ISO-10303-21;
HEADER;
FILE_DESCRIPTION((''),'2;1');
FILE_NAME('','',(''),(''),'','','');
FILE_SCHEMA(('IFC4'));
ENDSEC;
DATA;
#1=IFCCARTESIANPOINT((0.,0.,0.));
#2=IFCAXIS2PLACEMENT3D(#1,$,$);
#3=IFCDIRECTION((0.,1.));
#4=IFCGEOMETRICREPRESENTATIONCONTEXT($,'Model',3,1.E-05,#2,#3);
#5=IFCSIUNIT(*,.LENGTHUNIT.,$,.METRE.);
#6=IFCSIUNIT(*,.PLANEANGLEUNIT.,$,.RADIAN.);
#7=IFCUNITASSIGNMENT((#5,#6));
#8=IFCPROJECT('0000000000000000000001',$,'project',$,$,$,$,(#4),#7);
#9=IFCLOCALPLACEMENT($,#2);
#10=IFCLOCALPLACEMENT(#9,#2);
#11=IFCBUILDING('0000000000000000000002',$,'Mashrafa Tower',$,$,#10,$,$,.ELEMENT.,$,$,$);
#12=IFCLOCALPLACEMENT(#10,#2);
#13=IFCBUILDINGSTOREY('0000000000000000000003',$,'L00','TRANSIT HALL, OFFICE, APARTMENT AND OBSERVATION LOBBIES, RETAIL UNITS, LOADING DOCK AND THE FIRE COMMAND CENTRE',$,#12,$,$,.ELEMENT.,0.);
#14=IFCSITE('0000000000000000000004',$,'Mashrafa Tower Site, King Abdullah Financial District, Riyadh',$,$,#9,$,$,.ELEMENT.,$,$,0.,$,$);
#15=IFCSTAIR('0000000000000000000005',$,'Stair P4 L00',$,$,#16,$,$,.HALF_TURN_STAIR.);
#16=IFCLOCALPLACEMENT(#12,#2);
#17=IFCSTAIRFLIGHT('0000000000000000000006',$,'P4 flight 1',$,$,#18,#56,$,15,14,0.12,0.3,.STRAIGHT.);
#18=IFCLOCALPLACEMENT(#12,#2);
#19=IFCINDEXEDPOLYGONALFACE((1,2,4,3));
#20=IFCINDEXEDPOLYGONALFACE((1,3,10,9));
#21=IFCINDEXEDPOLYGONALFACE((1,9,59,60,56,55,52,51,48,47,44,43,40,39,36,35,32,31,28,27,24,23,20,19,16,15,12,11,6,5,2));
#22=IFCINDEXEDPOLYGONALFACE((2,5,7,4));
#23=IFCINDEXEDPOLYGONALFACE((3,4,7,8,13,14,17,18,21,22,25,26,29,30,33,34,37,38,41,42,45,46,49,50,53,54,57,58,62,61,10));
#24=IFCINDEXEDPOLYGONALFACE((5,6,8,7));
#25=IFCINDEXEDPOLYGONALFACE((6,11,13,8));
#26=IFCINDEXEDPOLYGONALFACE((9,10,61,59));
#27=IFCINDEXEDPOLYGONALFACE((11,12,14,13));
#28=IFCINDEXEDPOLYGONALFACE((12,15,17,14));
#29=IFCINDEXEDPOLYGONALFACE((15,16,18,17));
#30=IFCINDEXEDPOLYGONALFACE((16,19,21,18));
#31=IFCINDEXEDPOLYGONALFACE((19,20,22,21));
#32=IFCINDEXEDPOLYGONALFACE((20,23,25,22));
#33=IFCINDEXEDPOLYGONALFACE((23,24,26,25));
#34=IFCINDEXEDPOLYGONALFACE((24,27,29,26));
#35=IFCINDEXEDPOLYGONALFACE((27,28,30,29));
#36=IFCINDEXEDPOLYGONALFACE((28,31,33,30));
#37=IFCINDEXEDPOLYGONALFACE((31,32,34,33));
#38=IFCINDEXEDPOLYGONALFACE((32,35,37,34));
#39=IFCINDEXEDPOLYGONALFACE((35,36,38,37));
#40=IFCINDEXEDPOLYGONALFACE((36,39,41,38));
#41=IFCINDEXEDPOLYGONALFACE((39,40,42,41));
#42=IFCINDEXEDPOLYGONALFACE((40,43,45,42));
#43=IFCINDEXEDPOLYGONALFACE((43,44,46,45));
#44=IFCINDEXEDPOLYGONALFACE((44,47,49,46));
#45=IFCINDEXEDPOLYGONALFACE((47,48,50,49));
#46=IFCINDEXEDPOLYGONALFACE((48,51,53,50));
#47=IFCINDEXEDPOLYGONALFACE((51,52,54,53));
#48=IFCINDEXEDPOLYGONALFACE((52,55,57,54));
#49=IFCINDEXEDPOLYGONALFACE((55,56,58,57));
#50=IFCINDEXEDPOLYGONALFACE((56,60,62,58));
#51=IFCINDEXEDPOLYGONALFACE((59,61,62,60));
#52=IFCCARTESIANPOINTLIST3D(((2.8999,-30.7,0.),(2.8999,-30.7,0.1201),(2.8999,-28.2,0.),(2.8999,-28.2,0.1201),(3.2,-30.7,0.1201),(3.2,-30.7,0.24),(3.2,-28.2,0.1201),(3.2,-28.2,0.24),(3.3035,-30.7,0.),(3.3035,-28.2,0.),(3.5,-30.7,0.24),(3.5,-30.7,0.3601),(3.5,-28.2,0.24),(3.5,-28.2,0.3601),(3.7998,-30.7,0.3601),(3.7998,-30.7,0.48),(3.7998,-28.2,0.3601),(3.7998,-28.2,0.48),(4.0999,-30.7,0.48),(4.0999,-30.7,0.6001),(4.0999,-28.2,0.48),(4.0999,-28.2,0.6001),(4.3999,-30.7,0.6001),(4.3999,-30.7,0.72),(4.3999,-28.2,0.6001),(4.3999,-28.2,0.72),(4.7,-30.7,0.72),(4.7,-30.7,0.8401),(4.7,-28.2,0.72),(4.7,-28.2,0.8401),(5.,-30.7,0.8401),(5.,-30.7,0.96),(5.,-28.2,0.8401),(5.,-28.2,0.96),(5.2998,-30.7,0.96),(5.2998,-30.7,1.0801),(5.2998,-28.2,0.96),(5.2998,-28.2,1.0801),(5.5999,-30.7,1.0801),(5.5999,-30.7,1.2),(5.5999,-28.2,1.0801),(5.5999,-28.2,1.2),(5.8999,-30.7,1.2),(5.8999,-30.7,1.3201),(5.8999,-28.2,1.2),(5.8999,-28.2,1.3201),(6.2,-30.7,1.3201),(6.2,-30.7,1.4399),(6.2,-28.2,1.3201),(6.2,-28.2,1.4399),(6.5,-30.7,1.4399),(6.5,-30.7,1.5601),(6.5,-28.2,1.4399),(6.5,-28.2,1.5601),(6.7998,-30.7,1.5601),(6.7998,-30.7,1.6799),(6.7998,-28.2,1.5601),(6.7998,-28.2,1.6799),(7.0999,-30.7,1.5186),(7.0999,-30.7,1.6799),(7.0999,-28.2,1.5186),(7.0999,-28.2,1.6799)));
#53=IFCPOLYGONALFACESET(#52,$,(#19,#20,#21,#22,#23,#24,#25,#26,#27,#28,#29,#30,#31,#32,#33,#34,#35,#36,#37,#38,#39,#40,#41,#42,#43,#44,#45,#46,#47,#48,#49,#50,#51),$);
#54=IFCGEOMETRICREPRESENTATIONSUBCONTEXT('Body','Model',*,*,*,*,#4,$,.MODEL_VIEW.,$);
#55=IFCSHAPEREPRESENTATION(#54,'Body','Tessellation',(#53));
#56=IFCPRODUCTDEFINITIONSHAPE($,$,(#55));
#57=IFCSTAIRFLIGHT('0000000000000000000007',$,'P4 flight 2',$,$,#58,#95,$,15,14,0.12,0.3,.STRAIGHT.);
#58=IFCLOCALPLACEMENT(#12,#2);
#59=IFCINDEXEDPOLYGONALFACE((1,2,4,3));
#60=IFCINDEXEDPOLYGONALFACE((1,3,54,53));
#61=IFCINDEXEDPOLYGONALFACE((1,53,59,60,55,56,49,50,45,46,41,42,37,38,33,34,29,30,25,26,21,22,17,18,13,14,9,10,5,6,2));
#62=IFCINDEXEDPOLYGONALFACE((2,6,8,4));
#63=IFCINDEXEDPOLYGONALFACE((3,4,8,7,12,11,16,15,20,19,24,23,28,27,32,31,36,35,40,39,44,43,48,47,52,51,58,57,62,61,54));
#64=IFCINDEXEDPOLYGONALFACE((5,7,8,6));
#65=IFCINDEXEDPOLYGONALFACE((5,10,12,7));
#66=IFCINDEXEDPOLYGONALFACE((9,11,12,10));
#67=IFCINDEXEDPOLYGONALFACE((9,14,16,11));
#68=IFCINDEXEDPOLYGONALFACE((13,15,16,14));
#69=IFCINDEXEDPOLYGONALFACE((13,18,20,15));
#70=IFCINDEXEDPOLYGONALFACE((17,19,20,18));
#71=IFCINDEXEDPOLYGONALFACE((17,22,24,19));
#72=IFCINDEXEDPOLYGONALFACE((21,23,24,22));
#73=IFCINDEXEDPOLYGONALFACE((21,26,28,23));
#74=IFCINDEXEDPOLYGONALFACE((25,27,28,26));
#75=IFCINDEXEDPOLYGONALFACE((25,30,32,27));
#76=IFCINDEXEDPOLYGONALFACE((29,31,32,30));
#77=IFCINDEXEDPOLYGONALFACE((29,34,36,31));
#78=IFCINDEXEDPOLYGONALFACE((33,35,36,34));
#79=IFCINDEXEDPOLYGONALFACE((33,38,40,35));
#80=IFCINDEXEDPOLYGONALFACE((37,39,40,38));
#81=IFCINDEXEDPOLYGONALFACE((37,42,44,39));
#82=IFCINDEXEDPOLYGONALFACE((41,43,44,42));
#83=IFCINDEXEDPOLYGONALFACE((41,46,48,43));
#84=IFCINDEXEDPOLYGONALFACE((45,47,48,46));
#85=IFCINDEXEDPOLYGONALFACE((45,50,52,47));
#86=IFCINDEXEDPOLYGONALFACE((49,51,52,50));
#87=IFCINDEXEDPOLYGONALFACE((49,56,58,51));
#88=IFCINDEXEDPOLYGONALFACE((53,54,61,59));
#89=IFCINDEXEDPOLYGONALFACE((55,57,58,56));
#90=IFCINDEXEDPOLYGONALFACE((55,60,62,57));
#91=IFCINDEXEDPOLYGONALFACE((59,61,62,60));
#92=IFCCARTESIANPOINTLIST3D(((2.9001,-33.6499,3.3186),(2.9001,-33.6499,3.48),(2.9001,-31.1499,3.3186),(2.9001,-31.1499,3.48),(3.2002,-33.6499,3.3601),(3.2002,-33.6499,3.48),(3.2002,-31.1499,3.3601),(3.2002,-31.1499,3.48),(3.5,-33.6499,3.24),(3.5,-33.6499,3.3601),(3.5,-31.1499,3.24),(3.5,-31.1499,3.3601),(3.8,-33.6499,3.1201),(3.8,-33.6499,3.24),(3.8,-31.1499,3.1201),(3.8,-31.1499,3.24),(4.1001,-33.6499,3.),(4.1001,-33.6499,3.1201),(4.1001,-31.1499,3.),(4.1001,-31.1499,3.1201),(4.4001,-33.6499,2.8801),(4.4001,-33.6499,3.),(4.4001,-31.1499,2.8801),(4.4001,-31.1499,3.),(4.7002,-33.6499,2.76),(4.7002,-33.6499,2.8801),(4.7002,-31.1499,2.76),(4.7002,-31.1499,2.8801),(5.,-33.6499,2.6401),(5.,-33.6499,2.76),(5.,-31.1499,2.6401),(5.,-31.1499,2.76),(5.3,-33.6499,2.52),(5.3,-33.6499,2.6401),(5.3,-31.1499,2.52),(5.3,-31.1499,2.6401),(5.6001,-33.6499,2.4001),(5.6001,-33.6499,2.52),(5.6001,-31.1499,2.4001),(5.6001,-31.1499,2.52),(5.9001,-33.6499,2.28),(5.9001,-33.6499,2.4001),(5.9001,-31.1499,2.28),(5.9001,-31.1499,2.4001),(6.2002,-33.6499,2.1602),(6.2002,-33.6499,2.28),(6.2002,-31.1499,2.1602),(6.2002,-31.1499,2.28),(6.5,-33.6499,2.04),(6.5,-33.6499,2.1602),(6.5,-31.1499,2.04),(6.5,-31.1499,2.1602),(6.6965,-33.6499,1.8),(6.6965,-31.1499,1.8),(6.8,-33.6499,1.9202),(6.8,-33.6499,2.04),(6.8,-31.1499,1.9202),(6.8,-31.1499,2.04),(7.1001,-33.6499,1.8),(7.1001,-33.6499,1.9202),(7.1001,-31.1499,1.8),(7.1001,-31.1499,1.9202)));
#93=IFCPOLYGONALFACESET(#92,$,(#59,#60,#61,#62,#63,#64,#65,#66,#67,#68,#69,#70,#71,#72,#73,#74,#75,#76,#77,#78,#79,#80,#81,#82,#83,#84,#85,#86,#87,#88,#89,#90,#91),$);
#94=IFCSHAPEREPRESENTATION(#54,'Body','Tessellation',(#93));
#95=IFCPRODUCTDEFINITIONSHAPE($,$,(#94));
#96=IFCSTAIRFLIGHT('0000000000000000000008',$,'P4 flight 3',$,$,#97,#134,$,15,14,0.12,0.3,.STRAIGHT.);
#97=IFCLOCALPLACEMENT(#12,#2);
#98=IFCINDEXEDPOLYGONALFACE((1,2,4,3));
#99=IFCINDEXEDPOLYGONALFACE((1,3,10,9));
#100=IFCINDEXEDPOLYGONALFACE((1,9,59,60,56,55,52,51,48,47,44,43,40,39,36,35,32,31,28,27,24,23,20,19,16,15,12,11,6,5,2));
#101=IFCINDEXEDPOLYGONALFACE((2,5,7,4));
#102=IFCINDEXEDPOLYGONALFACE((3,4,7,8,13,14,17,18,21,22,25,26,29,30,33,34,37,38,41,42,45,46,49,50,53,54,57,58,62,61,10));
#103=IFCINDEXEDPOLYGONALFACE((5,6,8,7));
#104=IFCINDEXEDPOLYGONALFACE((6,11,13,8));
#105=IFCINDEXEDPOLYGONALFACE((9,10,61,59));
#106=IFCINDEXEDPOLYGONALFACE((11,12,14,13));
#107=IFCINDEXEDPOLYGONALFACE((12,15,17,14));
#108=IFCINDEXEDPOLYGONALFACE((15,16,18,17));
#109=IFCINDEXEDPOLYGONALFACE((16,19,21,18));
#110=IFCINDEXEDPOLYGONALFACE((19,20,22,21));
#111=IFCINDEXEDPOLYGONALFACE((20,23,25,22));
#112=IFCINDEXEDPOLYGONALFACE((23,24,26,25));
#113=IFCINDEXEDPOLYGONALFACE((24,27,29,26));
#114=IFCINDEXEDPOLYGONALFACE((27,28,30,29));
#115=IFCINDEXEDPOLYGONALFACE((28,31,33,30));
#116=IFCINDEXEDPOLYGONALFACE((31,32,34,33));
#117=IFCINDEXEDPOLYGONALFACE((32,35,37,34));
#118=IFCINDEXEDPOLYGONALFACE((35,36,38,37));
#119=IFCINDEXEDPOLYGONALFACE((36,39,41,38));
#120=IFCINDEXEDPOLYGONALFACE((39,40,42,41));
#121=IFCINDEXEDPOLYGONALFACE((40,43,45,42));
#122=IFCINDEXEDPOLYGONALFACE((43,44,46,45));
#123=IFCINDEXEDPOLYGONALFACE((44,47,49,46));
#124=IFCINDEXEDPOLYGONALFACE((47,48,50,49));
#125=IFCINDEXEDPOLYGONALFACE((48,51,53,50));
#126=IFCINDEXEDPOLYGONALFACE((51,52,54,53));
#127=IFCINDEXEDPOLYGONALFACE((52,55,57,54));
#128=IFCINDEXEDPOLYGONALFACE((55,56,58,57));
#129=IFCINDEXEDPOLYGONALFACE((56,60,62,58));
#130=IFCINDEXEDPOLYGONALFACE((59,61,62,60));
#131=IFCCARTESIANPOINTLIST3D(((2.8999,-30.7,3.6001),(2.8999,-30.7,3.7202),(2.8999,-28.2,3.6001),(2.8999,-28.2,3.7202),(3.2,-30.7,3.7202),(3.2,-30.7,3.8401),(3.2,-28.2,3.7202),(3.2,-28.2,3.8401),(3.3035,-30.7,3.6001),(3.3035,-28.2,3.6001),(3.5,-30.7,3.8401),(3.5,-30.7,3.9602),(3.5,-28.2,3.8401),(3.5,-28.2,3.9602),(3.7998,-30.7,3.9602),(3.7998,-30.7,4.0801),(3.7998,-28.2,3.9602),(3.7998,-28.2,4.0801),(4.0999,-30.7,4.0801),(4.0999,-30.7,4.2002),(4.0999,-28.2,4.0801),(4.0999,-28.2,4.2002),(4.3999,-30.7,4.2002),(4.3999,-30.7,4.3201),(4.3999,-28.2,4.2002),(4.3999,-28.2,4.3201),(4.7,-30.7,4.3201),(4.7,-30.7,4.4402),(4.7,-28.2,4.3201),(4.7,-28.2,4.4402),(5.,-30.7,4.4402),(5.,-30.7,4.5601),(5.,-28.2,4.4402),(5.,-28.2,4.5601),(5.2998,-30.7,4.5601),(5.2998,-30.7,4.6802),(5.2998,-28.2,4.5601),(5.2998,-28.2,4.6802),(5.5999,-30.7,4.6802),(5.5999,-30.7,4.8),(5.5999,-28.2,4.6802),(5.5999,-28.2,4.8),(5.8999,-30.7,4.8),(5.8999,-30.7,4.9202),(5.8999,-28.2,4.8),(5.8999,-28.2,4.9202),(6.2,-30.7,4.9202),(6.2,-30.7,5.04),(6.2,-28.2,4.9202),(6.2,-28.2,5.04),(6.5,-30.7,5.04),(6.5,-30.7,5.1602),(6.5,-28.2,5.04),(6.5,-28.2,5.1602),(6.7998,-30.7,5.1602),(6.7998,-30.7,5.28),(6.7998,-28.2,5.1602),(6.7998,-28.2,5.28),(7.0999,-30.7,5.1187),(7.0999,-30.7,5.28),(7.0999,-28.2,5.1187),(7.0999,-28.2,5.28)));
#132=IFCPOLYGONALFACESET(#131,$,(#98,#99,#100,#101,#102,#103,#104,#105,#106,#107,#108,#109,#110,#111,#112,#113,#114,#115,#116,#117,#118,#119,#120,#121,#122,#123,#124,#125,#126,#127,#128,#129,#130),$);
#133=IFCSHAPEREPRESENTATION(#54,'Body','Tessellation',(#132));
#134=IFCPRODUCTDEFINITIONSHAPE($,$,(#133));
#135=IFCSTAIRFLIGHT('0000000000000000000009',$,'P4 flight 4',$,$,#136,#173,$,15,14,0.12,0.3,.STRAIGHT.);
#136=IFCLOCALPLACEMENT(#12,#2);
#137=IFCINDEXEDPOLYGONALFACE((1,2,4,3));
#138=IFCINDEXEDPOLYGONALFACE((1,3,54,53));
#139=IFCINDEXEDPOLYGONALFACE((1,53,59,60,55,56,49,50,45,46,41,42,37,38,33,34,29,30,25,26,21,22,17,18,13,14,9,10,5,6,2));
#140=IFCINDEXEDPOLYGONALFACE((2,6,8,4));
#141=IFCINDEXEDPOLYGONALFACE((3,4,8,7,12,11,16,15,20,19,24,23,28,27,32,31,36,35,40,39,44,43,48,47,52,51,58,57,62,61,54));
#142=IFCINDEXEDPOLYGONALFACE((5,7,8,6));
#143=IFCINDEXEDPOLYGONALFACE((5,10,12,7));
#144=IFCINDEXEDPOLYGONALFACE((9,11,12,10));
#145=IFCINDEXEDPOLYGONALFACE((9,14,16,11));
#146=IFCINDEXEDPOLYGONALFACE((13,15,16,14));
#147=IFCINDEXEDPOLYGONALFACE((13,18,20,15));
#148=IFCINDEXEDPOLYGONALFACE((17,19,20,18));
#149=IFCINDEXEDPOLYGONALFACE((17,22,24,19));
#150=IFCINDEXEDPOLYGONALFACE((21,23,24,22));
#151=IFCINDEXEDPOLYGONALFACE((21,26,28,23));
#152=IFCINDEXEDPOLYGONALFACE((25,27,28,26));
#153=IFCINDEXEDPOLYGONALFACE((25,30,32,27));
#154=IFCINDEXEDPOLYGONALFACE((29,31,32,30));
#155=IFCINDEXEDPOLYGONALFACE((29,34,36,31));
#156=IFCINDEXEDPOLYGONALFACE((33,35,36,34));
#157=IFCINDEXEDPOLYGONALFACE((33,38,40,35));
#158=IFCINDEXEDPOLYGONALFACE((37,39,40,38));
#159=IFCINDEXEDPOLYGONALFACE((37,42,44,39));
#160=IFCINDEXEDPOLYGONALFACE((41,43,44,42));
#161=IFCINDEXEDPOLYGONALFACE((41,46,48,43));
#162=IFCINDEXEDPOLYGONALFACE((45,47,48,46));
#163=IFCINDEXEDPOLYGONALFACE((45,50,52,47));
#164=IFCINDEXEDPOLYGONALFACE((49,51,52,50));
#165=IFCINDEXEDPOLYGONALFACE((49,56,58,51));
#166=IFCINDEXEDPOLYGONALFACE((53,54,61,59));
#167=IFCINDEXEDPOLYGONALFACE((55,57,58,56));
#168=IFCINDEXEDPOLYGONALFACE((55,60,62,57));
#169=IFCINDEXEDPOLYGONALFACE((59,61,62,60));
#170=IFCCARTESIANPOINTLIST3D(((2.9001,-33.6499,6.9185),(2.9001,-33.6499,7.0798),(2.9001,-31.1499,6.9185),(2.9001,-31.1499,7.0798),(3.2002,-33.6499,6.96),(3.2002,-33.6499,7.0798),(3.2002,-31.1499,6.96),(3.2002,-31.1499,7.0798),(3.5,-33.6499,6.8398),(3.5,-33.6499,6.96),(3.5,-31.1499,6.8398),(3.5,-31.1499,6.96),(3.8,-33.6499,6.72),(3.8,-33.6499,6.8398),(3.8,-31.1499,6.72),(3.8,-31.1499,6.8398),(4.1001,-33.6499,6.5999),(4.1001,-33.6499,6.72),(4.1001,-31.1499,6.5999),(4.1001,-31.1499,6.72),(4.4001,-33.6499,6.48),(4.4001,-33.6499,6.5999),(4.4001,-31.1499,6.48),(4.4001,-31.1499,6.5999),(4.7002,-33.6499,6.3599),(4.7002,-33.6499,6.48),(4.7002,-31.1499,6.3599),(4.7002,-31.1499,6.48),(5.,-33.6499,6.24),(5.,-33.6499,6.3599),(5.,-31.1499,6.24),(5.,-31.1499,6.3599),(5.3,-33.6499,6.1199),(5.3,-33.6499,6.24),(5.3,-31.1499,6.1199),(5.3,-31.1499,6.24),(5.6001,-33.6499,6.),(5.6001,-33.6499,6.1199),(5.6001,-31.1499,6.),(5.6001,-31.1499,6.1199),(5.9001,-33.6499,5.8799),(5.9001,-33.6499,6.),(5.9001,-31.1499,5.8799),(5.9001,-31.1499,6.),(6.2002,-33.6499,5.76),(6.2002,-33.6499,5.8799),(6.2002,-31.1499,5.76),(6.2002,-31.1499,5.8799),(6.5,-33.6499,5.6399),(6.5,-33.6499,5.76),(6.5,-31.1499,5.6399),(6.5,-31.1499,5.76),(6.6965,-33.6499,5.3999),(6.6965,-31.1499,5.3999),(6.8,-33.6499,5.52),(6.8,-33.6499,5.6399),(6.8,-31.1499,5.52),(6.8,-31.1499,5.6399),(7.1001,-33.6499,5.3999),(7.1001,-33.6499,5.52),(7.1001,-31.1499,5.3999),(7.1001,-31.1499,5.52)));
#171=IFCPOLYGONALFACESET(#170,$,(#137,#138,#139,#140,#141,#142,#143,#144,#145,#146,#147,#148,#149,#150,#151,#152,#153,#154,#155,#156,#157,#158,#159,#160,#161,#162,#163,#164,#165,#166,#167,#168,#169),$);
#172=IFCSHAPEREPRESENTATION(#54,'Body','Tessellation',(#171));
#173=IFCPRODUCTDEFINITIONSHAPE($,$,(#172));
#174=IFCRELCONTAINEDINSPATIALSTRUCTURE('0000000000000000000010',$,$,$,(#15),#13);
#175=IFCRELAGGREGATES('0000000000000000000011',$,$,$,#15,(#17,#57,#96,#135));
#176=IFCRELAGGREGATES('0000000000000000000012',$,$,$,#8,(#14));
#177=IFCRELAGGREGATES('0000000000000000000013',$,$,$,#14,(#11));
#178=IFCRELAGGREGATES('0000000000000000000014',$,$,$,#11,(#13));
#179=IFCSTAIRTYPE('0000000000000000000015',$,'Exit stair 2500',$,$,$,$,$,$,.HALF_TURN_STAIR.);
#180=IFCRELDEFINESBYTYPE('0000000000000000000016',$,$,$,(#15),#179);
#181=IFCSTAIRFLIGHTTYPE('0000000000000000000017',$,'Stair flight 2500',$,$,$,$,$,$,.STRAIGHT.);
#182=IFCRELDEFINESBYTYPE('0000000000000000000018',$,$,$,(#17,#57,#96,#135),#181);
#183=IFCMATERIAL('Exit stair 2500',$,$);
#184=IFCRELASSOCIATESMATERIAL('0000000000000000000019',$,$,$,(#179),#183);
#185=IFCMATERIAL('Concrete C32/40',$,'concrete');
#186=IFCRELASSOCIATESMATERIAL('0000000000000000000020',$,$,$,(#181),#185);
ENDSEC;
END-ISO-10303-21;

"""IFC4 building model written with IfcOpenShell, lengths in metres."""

from ifc_helpers import new_model, si_unit, direction, frame, origin, place, context, subcontext, project, spatial, polyline, outline, extrude, material, type_object, element, aggregate, save


model = new_model("IFC4")

# Units and contexts
model_context = context("Model", 3, precision=1e-05, world=origin(), true_north=direction((0.0, 1.0)))
body_context = subcontext(model_context, "Body", "Model", "MODEL_VIEW")
ifc_project = project(units=[si_unit("LENGTHUNIT", "METRE"), si_unit("PLANEANGLEUNIT", "RADIAN")], contexts=[model_context])

# Site, building, storey
site_placement = place(None, origin())
site = spatial("IfcSite", under=ifc_project, at=site_placement, Name="Mashrafa Tower Site, King Abdullah Financial District, Riyadh", CompositionType="ELEMENT", RefElevation=0.0)
building_placement = place(site_placement, origin())
building = spatial("IfcBuilding", under=site, at=building_placement, Name="Mashrafa Tower", CompositionType="ELEMENT")
storey_placement = place(building_placement, origin())
storey = spatial("IfcBuildingStorey", under=building, at=storey_placement, Name="L00", Description="TRANSIT HALL, OFFICE, APARTMENT AND OBSERVATION LOBBIES, RETAIL UNITS, LOADING DOCK AND THE FIRE COMMAND CENTRE", CompositionType="ELEMENT", Elevation=0.0)

# Stair, stair flights
ifc_material_1 = material(Name="Exit stair 2500")
stair_type = type_object("IfcStairType", Name="Exit stair 2500", PredefinedType="HALF_TURN_STAIR", material=ifc_material_1)
stair_placement = place(storey_placement, origin())
stair = element("IfcStair", 1, at=stair_placement, inside=storey, type_object=stair_type, Name="Stair P4 L00", PredefinedType="HALF_TURN_STAIR")
ifc_material_2 = material(Name="Concrete C32/40", Category="concrete")
stair_flight_type = type_object("IfcStairFlightType", Name="Stair flight 2500", PredefinedType="STRAIGHT", material=ifc_material_2)
stair_flight_1_placement = place(storey_placement, frame((2.8999, -29.45, 0.0), z_axis=(0.0, 0.0, 1.0), x_axis=(1.0, 0.0, 0.0)))
stair_flight_1 = element("IfcStairFlight", 2, at=stair_flight_1_placement, type_object=stair_flight_type, Name="P4 flight 1", NumberOfRisers=15, NumberOfTreads=14, PredefinedType="STRAIGHT", RiserHeight=0.12, TreadLength=0.3, context=body_context, shape_type="SweptSolid", body=[
    extrude(outline(polyline([(0.0, 0.0), (0.0, 0.1201), (0.3, 0.1201), (0.3, 0.24), (0.6001, 0.24), (0.6001, 0.3601), (0.8999, 0.3601), (0.8999, 0.48), (1.2, 0.48), (1.2, 0.6001), (1.5, 0.6001), (1.5, 0.72), (1.8, 0.72), (1.8, 0.8401), (2.1001, 0.8401), (2.1001, 0.96), (2.3999, 0.96), (2.3999, 1.0801), (2.7, 1.0801), (2.7, 1.2), (3.0, 1.2), (3.0, 1.3201), (3.3, 1.3201), (3.3, 1.4399), (3.6001, 1.4399), (3.6001, 1.5601), (3.8999, 1.5601), (3.8999, 1.6799), (4.2, 1.6799), (4.2, 1.8), (4.2, 1.5186), (0.4036, 0.0), (0.0, 0.0)])), frame((0.0, 1.25, 0.0), z_axis=(0.0, -1.0, 0.0), x_axis=(1.0, 0.0, 0.0)), (0.0, 0.0, 1.0), 2.5),
])
stair_flight_2_placement = place(storey_placement, frame((7.1001, -32.3999, 1.8), z_axis=(0.0, 0.0, 1.0), x_axis=(-1.0, 0.0, 0.0)))
stair_flight_2 = element("IfcStairFlight", 3, at=stair_flight_2_placement, type_object=stair_flight_type, Name="P4 flight 2", NumberOfRisers=15, NumberOfTreads=14, PredefinedType="STRAIGHT", RiserHeight=0.12, TreadLength=0.3, context=body_context, shape_type="SweptSolid", body=[
    extrude(outline(polyline([(0.0, 0.0), (0.0, 0.1201), (0.3, 0.1201), (0.3, 0.24), (0.6001, 0.24), (0.6001, 0.3601), (0.8999, 0.3601), (0.8999, 0.48), (1.2, 0.48), (1.2, 0.6001), (1.5, 0.6001), (1.5, 0.72), (1.8, 0.72), (1.8, 0.8401), (2.1001, 0.8401), (2.1001, 0.96), (2.3999, 0.96), (2.3999, 1.0801), (2.7, 1.0801), (2.7, 1.2), (3.0, 1.2), (3.0, 1.3201), (3.3, 1.3201), (3.3, 1.4399), (3.6001, 1.4399), (3.6001, 1.5601), (3.8999, 1.5601), (3.8999, 1.6799), (4.2, 1.6799), (4.2, 1.8), (4.2, 1.5186), (0.4036, 0.0), (0.0, 0.0)])), frame((0.0, 1.25, 0.0), z_axis=(0.0, -1.0, 0.0), x_axis=(1.0, 0.0, 0.0)), (0.0, 0.0, 1.0), 2.5),
])
stair_flight_3_placement = place(storey_placement, frame((2.8999, -29.45, 3.6001), z_axis=(0.0, 0.0, 1.0), x_axis=(1.0, 0.0, 0.0)))
stair_flight_3 = element("IfcStairFlight", 4, at=stair_flight_3_placement, type_object=stair_flight_type, Name="P4 flight 3", NumberOfRisers=15, NumberOfTreads=14, PredefinedType="STRAIGHT", RiserHeight=0.12, TreadLength=0.3, context=body_context, shape_type="SweptSolid", body=[
    extrude(outline(polyline([(0.0, 0.0), (0.0, 0.1201), (0.3, 0.1201), (0.3, 0.24), (0.6001, 0.24), (0.6001, 0.3601), (0.8999, 0.3601), (0.8999, 0.48), (1.2, 0.48), (1.2, 0.6001), (1.5, 0.6001), (1.5, 0.72), (1.8, 0.72), (1.8, 0.8401), (2.1001, 0.8401), (2.1001, 0.96), (2.3999, 0.96), (2.3999, 1.0801), (2.7, 1.0801), (2.7, 1.2), (3.0, 1.2), (3.0, 1.3201), (3.3, 1.3201), (3.3, 1.4399), (3.6001, 1.4399), (3.6001, 1.5601), (3.8999, 1.5601), (3.8999, 1.6799), (4.2, 1.6799), (4.2, 1.8), (4.2, 1.5186), (0.4036, 0.0), (0.0, 0.0)])), frame((0.0, 1.25, 0.0), z_axis=(0.0, -1.0, 0.0), x_axis=(1.0, 0.0, 0.0)), (0.0, 0.0, 1.0), 2.5),
])
stair_flight_4_placement = place(storey_placement, frame((7.1001, -32.3999, 5.3999), z_axis=(0.0, 0.0, 1.0), x_axis=(-1.0, 0.0, 0.0)))
stair_flight_4 = element("IfcStairFlight", 5, at=stair_flight_4_placement, type_object=stair_flight_type, Name="P4 flight 4", NumberOfRisers=15, NumberOfTreads=14, PredefinedType="STRAIGHT", RiserHeight=0.12, TreadLength=0.3, context=body_context, shape_type="SweptSolid", body=[
    extrude(outline(polyline([(0.0, 0.0), (0.0, 0.1201), (0.3, 0.1201), (0.3, 0.24), (0.6001, 0.24), (0.6001, 0.3601), (0.8999, 0.3601), (0.8999, 0.48), (1.2, 0.48), (1.2, 0.6001), (1.5, 0.6001), (1.5, 0.72), (1.8, 0.72), (1.8, 0.8401), (2.1001, 0.8401), (2.1001, 0.96), (2.3999, 0.96), (2.3999, 1.0801), (2.7, 1.0801), (2.7, 1.2), (3.0, 1.2), (3.0, 1.3201), (3.3, 1.3201), (3.3, 1.4399), (3.6001, 1.4399), (3.6001, 1.5601), (3.8999, 1.5601), (3.8999, 1.6799), (4.2, 1.6799), (4.2, 1.8), (4.2, 1.5186), (0.4036, 0.0), (0.0, 0.0)])), frame((0.0, 1.25, 0.0), z_axis=(0.0, -1.0, 0.0), x_axis=(1.0, 0.0, 0.0)), (0.0, 0.0, 1.0), 2.5),
])
aggregate(stair, [stair_flight_1, stair_flight_2, stair_flight_3, stair_flight_4])

save(model, "model.ifc")
